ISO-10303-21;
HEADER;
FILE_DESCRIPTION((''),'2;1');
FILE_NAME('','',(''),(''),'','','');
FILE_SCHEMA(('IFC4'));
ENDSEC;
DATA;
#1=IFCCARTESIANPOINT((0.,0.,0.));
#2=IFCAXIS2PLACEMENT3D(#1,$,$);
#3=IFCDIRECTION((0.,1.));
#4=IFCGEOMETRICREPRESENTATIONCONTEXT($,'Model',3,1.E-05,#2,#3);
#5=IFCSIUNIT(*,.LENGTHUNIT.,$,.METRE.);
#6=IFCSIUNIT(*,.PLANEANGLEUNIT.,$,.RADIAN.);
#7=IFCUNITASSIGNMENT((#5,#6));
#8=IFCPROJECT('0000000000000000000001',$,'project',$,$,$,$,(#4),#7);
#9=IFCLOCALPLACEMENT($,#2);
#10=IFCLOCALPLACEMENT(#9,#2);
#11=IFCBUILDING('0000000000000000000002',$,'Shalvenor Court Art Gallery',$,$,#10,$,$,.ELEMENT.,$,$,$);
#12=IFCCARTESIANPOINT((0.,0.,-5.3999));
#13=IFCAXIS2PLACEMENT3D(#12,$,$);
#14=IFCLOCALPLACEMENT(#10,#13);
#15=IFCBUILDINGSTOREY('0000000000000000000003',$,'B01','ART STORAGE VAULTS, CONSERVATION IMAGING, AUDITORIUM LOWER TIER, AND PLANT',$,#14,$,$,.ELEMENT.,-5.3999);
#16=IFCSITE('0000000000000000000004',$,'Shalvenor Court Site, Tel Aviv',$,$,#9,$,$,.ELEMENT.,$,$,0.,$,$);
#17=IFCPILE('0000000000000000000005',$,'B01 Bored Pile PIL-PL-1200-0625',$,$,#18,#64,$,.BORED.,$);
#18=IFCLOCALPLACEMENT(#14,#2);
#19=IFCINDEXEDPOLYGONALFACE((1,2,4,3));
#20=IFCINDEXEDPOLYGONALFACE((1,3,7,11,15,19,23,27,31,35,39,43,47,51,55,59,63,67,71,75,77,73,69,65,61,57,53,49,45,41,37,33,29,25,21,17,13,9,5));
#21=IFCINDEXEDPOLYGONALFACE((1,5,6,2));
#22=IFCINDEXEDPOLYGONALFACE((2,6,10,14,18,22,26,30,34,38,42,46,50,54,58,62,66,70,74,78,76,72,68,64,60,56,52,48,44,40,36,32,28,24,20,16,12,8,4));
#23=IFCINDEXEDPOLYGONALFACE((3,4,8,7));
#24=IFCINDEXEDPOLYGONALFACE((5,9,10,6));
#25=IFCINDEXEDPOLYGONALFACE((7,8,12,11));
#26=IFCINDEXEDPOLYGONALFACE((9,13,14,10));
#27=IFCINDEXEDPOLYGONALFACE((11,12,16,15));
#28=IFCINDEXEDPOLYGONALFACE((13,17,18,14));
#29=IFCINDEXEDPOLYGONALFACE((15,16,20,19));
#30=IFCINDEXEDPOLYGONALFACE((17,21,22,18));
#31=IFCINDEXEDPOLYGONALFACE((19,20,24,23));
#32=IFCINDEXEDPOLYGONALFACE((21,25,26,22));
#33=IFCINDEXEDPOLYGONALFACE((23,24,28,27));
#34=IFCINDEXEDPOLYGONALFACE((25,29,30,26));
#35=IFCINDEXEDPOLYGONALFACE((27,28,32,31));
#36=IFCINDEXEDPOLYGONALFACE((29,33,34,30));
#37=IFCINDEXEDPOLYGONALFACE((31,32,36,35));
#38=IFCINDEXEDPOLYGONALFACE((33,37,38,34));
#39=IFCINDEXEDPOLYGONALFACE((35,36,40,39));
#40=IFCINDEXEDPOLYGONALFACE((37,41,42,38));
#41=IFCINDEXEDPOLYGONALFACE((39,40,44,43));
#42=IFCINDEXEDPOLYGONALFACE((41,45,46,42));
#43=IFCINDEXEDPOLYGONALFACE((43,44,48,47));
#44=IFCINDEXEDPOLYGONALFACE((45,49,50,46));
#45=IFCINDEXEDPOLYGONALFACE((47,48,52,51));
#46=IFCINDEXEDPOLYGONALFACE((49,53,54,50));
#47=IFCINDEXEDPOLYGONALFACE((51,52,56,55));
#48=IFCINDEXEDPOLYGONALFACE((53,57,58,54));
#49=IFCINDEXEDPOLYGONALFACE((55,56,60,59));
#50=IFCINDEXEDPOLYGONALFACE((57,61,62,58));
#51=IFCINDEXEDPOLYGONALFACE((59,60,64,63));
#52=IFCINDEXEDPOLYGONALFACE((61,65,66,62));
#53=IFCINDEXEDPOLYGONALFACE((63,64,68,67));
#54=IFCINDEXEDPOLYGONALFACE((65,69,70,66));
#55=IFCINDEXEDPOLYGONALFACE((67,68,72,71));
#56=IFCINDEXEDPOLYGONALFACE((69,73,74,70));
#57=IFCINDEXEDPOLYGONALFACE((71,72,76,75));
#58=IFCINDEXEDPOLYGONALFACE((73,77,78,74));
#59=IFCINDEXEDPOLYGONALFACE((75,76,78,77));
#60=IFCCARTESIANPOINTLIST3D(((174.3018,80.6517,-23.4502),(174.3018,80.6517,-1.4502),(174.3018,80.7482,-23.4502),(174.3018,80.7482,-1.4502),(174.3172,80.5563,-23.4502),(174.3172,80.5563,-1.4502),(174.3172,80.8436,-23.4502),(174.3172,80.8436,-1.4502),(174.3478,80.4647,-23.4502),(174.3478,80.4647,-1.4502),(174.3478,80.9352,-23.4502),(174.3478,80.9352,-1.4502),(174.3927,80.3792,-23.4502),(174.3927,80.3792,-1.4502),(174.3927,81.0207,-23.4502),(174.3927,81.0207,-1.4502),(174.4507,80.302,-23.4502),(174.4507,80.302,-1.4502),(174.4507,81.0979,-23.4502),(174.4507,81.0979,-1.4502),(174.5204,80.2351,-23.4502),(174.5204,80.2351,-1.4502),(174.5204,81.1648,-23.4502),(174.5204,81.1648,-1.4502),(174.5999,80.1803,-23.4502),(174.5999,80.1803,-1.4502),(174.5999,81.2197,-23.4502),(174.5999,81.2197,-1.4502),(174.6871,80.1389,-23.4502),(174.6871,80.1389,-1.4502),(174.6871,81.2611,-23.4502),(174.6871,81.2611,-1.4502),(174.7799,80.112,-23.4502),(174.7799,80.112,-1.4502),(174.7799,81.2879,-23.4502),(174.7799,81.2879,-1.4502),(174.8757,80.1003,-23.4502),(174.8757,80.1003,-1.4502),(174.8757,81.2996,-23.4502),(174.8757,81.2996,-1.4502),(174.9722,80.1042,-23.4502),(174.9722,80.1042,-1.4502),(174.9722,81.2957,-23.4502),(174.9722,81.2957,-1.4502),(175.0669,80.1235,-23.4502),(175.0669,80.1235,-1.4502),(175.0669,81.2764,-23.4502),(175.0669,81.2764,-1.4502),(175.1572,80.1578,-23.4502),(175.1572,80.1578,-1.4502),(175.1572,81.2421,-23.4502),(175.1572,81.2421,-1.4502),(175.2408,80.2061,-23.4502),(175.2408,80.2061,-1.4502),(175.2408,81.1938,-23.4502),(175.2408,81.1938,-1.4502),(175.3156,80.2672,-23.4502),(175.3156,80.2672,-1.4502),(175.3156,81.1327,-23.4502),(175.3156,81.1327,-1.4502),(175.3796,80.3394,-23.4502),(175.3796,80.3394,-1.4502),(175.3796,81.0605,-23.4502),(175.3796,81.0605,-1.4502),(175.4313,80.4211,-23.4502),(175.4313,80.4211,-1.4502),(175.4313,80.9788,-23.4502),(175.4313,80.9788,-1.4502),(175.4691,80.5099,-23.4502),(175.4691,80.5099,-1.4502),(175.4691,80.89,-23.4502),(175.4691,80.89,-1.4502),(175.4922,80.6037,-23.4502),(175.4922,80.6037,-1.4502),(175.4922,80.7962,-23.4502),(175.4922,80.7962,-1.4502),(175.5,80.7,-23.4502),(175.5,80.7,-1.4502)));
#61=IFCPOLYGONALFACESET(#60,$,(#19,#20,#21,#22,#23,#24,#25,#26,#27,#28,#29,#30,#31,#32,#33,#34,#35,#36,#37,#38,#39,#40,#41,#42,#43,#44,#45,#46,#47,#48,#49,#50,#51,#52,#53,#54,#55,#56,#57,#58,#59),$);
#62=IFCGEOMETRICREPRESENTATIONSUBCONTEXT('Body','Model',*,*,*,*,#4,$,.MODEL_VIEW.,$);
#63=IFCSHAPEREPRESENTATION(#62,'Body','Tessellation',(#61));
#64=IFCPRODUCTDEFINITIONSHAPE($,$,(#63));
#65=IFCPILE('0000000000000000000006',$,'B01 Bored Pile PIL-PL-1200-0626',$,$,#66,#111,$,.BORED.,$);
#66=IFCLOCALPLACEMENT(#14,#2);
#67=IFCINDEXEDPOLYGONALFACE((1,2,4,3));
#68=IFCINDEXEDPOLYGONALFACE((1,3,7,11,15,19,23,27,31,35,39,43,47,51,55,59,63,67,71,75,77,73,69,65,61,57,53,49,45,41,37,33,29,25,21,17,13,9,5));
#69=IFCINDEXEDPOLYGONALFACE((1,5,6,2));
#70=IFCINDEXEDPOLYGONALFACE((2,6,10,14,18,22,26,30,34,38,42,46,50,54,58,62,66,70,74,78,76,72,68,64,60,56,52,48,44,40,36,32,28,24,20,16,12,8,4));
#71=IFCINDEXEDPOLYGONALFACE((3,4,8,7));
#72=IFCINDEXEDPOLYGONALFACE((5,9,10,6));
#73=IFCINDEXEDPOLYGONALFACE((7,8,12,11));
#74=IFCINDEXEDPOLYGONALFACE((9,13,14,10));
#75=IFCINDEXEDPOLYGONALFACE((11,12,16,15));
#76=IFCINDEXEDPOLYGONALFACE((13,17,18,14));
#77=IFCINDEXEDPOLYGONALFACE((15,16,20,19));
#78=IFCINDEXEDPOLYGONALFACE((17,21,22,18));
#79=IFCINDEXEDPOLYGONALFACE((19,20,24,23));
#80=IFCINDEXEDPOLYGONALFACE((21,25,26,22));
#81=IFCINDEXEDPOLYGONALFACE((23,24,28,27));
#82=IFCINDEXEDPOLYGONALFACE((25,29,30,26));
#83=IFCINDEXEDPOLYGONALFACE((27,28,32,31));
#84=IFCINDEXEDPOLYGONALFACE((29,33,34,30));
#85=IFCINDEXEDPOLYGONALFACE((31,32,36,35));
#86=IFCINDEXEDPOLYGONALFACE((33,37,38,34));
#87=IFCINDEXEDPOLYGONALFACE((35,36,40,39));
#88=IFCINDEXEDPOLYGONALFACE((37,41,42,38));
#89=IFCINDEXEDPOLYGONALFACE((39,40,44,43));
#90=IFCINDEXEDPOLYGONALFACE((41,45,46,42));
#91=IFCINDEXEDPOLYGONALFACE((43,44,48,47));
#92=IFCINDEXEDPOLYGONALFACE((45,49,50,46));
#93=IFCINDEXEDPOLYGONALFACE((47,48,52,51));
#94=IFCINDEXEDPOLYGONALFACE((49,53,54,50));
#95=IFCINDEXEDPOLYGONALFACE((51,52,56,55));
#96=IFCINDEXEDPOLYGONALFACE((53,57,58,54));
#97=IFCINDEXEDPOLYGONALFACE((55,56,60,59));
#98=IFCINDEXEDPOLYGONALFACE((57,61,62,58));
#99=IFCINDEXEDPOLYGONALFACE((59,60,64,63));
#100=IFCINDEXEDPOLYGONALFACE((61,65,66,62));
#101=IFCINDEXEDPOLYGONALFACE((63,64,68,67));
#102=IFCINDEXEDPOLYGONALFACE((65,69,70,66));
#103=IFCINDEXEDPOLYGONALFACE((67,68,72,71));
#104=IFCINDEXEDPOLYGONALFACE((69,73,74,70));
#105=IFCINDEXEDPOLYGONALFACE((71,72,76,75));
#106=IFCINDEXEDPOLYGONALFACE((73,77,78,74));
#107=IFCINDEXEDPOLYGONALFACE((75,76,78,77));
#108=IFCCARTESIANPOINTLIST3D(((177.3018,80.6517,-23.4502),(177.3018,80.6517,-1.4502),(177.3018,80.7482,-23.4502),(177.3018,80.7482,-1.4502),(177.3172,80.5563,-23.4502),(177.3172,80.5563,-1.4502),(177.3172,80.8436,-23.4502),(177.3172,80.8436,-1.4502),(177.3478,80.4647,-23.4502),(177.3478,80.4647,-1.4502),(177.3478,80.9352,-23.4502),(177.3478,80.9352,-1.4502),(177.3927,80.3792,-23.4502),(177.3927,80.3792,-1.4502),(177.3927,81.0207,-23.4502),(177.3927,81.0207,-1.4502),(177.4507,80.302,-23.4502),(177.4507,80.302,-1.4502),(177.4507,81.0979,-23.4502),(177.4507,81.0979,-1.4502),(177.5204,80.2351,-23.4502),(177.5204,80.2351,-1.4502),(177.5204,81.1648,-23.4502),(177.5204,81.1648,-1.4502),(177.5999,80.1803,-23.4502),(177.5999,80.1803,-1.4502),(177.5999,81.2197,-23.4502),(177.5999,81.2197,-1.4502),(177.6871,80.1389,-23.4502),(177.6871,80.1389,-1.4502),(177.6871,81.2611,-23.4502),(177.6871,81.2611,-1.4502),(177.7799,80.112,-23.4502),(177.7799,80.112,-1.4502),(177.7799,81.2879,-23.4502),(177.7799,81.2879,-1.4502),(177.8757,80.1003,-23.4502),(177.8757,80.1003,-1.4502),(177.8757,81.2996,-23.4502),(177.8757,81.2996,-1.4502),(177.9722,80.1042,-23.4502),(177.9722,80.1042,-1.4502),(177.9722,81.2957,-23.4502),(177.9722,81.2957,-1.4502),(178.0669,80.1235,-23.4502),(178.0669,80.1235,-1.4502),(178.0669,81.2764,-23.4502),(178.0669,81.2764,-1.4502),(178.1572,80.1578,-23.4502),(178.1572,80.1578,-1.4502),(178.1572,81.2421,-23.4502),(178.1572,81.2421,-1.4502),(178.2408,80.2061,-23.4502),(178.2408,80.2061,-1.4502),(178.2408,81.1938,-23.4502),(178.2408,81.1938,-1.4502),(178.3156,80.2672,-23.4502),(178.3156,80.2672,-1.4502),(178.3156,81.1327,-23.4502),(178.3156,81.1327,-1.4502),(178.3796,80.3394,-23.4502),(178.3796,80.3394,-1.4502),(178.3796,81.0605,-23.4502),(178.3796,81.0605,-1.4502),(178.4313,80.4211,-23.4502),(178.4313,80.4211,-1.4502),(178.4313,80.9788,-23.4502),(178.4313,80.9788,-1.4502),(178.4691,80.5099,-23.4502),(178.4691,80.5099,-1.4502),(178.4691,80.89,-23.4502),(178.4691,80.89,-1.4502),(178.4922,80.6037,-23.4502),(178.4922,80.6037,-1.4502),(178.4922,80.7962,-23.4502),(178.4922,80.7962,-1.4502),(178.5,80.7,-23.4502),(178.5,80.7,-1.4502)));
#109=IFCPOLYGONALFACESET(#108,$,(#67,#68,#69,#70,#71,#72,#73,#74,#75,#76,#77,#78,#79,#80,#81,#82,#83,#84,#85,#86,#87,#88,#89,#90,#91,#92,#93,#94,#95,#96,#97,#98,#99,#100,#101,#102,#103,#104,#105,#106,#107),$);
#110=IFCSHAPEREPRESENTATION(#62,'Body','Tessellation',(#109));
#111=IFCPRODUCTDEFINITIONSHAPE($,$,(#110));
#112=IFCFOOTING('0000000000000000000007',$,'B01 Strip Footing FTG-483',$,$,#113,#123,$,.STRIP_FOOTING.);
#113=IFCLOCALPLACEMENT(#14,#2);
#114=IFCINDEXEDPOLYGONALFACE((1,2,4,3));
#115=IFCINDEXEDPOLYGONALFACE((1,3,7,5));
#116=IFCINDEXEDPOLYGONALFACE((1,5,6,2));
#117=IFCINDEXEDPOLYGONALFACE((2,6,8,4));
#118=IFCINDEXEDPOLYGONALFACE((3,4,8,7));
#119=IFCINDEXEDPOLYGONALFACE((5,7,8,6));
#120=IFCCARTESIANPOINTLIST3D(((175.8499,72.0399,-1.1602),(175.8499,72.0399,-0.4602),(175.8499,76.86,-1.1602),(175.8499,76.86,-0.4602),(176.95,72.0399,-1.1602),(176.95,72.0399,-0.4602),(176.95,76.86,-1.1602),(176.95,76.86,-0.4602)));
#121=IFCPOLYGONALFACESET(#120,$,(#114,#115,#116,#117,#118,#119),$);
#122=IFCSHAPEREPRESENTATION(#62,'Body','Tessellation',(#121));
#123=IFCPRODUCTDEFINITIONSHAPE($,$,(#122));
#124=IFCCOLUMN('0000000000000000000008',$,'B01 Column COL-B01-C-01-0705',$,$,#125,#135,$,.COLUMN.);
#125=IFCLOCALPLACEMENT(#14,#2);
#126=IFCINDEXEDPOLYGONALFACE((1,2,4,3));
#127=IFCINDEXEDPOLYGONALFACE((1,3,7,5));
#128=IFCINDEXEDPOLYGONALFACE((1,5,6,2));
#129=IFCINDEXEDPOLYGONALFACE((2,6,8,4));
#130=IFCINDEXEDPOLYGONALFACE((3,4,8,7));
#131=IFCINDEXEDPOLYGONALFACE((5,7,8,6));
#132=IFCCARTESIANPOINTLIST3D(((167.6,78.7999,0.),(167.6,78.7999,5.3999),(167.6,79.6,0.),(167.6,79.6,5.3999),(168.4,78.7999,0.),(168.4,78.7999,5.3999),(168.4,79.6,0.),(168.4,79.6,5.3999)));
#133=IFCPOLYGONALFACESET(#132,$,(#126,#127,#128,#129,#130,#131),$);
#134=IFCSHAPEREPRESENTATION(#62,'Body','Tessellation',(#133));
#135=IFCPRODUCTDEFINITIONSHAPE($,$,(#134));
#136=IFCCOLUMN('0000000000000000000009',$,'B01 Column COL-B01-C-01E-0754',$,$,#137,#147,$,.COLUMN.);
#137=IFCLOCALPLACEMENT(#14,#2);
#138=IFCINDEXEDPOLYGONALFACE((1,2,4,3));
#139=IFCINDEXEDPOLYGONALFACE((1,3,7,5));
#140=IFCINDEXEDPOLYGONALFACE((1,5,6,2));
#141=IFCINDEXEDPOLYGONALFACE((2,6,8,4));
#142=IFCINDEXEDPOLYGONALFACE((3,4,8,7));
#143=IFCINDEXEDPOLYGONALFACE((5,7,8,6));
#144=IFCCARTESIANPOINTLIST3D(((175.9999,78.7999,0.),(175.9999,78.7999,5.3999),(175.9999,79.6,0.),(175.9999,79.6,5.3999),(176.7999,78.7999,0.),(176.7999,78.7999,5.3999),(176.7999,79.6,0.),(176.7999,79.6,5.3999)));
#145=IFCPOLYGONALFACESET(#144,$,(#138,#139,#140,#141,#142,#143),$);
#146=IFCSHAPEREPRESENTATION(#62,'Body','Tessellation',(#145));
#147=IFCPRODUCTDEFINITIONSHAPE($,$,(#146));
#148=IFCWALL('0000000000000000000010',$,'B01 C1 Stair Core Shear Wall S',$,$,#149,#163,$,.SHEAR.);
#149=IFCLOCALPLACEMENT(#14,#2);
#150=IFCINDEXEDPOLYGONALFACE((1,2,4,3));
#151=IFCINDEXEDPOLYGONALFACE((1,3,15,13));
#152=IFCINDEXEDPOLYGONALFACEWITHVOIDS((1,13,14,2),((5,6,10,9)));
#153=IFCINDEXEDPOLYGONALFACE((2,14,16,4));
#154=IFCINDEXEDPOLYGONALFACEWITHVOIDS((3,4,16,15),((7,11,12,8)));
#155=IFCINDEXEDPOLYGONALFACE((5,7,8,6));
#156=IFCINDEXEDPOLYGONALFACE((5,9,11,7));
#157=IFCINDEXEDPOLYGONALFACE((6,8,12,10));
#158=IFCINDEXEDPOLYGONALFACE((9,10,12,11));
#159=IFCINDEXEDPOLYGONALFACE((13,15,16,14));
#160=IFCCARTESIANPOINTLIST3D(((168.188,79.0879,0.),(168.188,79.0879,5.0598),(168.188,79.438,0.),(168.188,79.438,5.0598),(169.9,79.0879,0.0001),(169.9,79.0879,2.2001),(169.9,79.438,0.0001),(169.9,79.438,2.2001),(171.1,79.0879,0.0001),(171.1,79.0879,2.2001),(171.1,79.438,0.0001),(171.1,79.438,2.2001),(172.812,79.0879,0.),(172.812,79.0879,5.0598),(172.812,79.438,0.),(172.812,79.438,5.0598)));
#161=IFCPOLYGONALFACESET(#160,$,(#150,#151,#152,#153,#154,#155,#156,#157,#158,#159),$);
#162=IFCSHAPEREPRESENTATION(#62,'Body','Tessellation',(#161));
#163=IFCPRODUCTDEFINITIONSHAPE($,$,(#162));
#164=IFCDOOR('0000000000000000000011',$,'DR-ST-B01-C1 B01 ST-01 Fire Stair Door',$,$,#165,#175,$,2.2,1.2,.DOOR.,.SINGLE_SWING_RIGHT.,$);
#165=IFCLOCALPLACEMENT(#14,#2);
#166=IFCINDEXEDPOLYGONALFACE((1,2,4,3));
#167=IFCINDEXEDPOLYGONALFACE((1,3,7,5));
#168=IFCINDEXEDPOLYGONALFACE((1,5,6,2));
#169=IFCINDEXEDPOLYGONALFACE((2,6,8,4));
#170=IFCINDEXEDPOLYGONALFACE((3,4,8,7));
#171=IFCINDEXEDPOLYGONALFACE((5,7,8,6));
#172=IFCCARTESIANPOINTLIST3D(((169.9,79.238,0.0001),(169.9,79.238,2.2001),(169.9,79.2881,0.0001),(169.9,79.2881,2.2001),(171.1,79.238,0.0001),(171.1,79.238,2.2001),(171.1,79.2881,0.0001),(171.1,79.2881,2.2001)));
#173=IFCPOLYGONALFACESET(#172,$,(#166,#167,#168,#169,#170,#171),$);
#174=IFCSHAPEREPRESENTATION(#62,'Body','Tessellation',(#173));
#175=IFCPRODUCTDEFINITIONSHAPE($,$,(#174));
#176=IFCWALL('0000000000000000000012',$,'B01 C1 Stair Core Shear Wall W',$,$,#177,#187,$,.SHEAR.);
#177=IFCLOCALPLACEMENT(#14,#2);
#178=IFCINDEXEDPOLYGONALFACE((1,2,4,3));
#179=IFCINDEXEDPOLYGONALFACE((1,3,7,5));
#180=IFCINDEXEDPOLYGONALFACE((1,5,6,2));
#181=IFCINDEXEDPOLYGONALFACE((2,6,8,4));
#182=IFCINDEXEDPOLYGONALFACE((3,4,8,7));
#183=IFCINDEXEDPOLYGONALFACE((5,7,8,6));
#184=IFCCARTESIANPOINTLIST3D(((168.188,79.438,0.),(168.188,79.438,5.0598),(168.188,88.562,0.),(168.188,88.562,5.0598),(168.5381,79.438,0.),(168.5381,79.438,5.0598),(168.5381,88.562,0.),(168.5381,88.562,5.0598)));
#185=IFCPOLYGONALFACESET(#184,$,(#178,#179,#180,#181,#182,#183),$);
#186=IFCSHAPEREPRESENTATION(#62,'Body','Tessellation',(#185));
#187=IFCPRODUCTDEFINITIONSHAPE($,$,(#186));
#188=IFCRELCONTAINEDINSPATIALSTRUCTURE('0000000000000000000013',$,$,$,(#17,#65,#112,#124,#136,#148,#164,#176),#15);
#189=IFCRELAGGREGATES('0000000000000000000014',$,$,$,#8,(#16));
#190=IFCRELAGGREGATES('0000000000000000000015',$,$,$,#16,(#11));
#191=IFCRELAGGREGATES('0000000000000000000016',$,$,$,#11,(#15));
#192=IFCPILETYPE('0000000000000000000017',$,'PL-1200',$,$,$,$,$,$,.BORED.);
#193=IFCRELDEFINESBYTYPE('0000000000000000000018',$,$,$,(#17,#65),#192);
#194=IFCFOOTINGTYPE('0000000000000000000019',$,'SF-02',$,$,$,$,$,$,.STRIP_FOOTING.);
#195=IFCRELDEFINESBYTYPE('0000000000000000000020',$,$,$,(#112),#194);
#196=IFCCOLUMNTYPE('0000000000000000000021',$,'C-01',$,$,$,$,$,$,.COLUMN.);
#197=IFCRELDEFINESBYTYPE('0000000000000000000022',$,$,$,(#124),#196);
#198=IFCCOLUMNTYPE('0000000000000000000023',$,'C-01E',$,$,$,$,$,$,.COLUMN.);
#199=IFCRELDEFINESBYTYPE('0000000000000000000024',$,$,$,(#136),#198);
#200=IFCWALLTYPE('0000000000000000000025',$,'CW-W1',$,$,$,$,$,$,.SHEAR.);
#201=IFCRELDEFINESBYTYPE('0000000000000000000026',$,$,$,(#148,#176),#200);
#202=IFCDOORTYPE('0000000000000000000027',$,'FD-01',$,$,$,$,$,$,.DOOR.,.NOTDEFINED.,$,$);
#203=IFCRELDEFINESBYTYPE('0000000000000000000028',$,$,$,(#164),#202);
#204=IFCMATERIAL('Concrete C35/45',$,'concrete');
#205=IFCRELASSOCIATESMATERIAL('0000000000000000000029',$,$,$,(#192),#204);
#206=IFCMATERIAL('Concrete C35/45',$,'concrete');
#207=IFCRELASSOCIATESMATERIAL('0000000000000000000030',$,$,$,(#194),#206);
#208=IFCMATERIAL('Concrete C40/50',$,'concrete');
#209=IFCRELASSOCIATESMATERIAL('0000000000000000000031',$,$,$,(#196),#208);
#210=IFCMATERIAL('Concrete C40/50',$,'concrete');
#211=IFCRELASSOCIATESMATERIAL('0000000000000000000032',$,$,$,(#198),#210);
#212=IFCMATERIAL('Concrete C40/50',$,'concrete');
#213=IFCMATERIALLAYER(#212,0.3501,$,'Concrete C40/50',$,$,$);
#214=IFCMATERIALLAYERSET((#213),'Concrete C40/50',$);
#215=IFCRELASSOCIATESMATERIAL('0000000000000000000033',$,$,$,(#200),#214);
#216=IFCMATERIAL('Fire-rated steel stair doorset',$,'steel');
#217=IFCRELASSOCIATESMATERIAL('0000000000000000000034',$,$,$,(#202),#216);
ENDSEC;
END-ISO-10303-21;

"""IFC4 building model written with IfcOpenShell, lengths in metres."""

from ifc_helpers import new_model, si_unit, direction, frame, frame_2d, origin, origin_2d, place, context, subcontext, project, spatial, rectangle, circle, extrude, material, layer, layer_set, material_profile, profile_set, type_object, element, fill, save


model = new_model("IFC4")

# Units and contexts
model_context = context("Model", 3, precision=1e-05, world=origin(), true_north=direction((0.0, 1.0)))
body_context = subcontext(model_context, "Body", "Model", "MODEL_VIEW")
ifc_project = project(units=[si_unit("LENGTHUNIT", "METRE"), si_unit("PLANEANGLEUNIT", "RADIAN")], contexts=[model_context])

# Site, building, storey
site_placement = place(None, origin())
site = spatial("IfcSite", under=ifc_project, at=site_placement, Name="Shalvenor Court Site, Tel Aviv", CompositionType="ELEMENT", RefElevation=0.0)
building_placement = place(site_placement, origin())
building = spatial("IfcBuilding", under=site, at=building_placement, Name="Shalvenor Court Art Gallery", CompositionType="ELEMENT")
storey_placement = place(building_placement, frame((0.0, 0.0, -5.3999)))
storey = spatial("IfcBuildingStorey", under=building, at=storey_placement, Name="B01", Description="ART STORAGE VAULTS, CONSERVATION IMAGING, AUDITORIUM LOWER TIER, AND PLANT", CompositionType="ELEMENT", Elevation=-5.3999)

# Piles
ifc_material_1 = material(Name="Concrete C35/45", Category="concrete")
ifc_material_profile_1 = material_profile(ifc_material_1, circle(Radius=0.6001, at=origin_2d()), Name="PILE 1200")
ifc_profile_set_1 = profile_set([ifc_material_profile_1], Name="Concrete C35/45")
pile_type = type_object("IfcPileType", Name="PL-1200", PredefinedType="BORED", material=ifc_profile_set_1)
for number, where, z_axis, x_axis, name in (
    (1, (174.8999, 80.7, -1.4502), (0.0, 0.0, -1.0), (1.0, 0.0, 0.0), "B01 Bored Pile PIL-PL-1200-0625"),
    (2, (177.8999, 80.7, -1.4502), (0.0, 0.0, -1.0), (1.0, 0.0, 0.0), "B01 Bored Pile PIL-PL-1200-0626"),
):
    element("IfcPile", number, at=place(storey_placement, frame(where, z_axis=z_axis, x_axis=x_axis)), inside=storey, type_object=pile_type, Name=name, PredefinedType="BORED", context=body_context, shape_type="SweptSolid", body=[
        extrude(circle(Radius=0.6001, at=origin_2d()), origin(), (0.0, 0.0, 1.0), 22.0),
    ])

# Footing
ifc_material_2 = material(Name="Concrete C35/45", Category="concrete")
footing_type_1 = type_object("IfcFootingType", Name="SF-02", PredefinedType="STRIP_FOOTING", material=ifc_material_2)
footing_1_placement = place(storey_placement, frame((176.3999, 74.45, -1.1602), z_axis=(0.0, 0.0, 1.0), x_axis=(0.0, 1.0, 0.0)))
element("IfcFooting", 3, at=footing_1_placement, inside=storey, type_object=footing_type_1, Name="B01 Strip Footing FTG-483", PredefinedType="STRIP_FOOTING", context=body_context, shape_type="SweptSolid", body=[
    extrude(rectangle(XDim=4.8201, YDim=1.1001, at=origin_2d()), origin(), (0.0, 0.0, 1.0), 0.7),
])

# Columns
ifc_material_3 = material(Name="Concrete C40/50", Category="concrete")
ifc_material_profile_2 = material_profile(ifc_material_3, rectangle(XDim=0.8, YDim=0.8, at=origin_2d()), Name="RC 800x800")
ifc_profile_set_2 = profile_set([ifc_material_profile_2], Name="Concrete C40/50")
column_type_1 = type_object("IfcColumnType", Name="C-01", PredefinedType="COLUMN", material=ifc_profile_set_2)
column_1_placement = place(storey_placement, frame((168.0, 79.2, 0.0), z_axis=(0.0, 0.0, 1.0), x_axis=(1.0, 0.0, 0.0)))
element("IfcColumn", 4, at=column_1_placement, inside=storey, type_object=column_type_1, Name="B01 Column COL-B01-C-01-0705", PredefinedType="COLUMN", context=body_context, shape_type="SweptSolid", body=[
    extrude(rectangle(XDim=0.8, YDim=0.8, at=origin_2d()), origin(), (0.0, 0.0, 1.0), 5.3999),
])
ifc_material_4 = material(Name="Concrete C40/50", Category="concrete")
ifc_material_profile_3 = material_profile(ifc_material_4, rectangle(XDim=0.8, YDim=0.8, at=origin_2d()), Name="RC 800x800")
ifc_profile_set_3 = profile_set([ifc_material_profile_3], Name="Concrete C40/50")
column_type_2 = type_object("IfcColumnType", Name="C-01E", PredefinedType="COLUMN", material=ifc_profile_set_3)
column_2_placement = place(storey_placement, frame((176.3999, 79.2, 0.0), z_axis=(0.0, 0.0, 1.0), x_axis=(1.0, 0.0, 0.0)))
element("IfcColumn", 5, at=column_2_placement, inside=storey, type_object=column_type_2, Name="B01 Column COL-B01-C-01E-0754", PredefinedType="COLUMN", context=body_context, shape_type="SweptSolid", body=[
    extrude(rectangle(XDim=0.8, YDim=0.8, at=origin_2d()), origin(), (0.0, 0.0, 1.0), 5.3999),
])

# Wall, opening, door
ifc_material_5 = material(Name="Concrete C40/50", Category="concrete")
ifc_layer_1 = layer(ifc_material_5, 0.3501, Name="Concrete C40/50")
ifc_layer_set_1 = layer_set([ifc_layer_1], Name="Concrete C40/50")
wall_type_1 = type_object("IfcWallType", Name="CW-W1", PredefinedType="SHEAR", material=ifc_layer_set_1)
wall_1_placement = place(storey_placement, frame((172.812, 79.2629, 0.0), z_axis=(0.0, 0.0, 1.0), x_axis=(-1.0, 0.0, 0.0)))
wall_1 = element("IfcWall", 6, at=wall_1_placement, inside=storey, type_object=wall_type_1, Name="B01 C1 Stair Core Shear Wall S", PredefinedType="SHEAR", context=body_context, shape_type="SweptSolid", body=[
    extrude(rectangle(XDim=4.624, YDim=0.3501, at=frame_2d((2.312, 0.0))), origin(), (0.0, 0.0, 1.0), 5.0598),
])
opening_1_placement = place(wall_1_placement, frame((1.7119, 0.0, 0.0)))
opening_1 = element("IfcOpeningElement", 7, at=opening_1_placement, cuts=wall_1, PredefinedType="OPENING", context=body_context, shape_type="SweptSolid", body=[
    extrude(rectangle(XDim=1.2, YDim=2.2, at=frame_2d((0.6001, 1.1001))), frame((0.0, 0.1851, 0.0), z_axis=(0.0, -1.0, 0.0), x_axis=(1.0, 0.0, 0.0)), (0.0, 0.0, 1.0), 0.3701),
])
ifc_material_6 = material(Name="Fire-rated steel stair doorset", Category="steel")
door_type_1 = type_object("IfcDoorType", Name="FD-01", OperationType="NOTDEFINED", PredefinedType="DOOR", material=ifc_material_6)
door_1_placement = place(opening_1_placement, origin())
door_1 = element("IfcDoor", 8, at=door_1_placement, inside=storey, type_object=door_type_1, Name="DR-ST-B01-C1 B01 ST-01 Fire Stair Door", OperationType="SINGLE_SWING_RIGHT", OverallHeight=2.2, OverallWidth=1.2, PredefinedType="DOOR", context=body_context, shape_type="SweptSolid", body=[
    extrude(rectangle(XDim=1.2, YDim=2.2, at=frame_2d((0.6001, 1.1001))), frame((0.0, 0.0249, 0.0), z_axis=(0.0, -1.0, 0.0), x_axis=(1.0, 0.0, 0.0)), (0.0, 0.0, 1.0), 0.05),
])
fill(opening_1, door_1)

# Wall
wall_2_placement = place(storey_placement, frame((168.363, 79.438, 0.0), z_axis=(0.0, 0.0, 1.0), x_axis=(0.0, 1.0, 0.0)))
element("IfcWall", 9, at=wall_2_placement, inside=storey, type_object=wall_type_1, Name="B01 C1 Stair Core Shear Wall W", PredefinedType="SHEAR", context=body_context, shape_type="SweptSolid", body=[
    extrude(rectangle(XDim=9.124, YDim=0.3501, at=frame_2d((4.562, 0.0))), origin(), (0.0, 0.0, 1.0), 5.0598),
])

save(model, "model.ifc")
